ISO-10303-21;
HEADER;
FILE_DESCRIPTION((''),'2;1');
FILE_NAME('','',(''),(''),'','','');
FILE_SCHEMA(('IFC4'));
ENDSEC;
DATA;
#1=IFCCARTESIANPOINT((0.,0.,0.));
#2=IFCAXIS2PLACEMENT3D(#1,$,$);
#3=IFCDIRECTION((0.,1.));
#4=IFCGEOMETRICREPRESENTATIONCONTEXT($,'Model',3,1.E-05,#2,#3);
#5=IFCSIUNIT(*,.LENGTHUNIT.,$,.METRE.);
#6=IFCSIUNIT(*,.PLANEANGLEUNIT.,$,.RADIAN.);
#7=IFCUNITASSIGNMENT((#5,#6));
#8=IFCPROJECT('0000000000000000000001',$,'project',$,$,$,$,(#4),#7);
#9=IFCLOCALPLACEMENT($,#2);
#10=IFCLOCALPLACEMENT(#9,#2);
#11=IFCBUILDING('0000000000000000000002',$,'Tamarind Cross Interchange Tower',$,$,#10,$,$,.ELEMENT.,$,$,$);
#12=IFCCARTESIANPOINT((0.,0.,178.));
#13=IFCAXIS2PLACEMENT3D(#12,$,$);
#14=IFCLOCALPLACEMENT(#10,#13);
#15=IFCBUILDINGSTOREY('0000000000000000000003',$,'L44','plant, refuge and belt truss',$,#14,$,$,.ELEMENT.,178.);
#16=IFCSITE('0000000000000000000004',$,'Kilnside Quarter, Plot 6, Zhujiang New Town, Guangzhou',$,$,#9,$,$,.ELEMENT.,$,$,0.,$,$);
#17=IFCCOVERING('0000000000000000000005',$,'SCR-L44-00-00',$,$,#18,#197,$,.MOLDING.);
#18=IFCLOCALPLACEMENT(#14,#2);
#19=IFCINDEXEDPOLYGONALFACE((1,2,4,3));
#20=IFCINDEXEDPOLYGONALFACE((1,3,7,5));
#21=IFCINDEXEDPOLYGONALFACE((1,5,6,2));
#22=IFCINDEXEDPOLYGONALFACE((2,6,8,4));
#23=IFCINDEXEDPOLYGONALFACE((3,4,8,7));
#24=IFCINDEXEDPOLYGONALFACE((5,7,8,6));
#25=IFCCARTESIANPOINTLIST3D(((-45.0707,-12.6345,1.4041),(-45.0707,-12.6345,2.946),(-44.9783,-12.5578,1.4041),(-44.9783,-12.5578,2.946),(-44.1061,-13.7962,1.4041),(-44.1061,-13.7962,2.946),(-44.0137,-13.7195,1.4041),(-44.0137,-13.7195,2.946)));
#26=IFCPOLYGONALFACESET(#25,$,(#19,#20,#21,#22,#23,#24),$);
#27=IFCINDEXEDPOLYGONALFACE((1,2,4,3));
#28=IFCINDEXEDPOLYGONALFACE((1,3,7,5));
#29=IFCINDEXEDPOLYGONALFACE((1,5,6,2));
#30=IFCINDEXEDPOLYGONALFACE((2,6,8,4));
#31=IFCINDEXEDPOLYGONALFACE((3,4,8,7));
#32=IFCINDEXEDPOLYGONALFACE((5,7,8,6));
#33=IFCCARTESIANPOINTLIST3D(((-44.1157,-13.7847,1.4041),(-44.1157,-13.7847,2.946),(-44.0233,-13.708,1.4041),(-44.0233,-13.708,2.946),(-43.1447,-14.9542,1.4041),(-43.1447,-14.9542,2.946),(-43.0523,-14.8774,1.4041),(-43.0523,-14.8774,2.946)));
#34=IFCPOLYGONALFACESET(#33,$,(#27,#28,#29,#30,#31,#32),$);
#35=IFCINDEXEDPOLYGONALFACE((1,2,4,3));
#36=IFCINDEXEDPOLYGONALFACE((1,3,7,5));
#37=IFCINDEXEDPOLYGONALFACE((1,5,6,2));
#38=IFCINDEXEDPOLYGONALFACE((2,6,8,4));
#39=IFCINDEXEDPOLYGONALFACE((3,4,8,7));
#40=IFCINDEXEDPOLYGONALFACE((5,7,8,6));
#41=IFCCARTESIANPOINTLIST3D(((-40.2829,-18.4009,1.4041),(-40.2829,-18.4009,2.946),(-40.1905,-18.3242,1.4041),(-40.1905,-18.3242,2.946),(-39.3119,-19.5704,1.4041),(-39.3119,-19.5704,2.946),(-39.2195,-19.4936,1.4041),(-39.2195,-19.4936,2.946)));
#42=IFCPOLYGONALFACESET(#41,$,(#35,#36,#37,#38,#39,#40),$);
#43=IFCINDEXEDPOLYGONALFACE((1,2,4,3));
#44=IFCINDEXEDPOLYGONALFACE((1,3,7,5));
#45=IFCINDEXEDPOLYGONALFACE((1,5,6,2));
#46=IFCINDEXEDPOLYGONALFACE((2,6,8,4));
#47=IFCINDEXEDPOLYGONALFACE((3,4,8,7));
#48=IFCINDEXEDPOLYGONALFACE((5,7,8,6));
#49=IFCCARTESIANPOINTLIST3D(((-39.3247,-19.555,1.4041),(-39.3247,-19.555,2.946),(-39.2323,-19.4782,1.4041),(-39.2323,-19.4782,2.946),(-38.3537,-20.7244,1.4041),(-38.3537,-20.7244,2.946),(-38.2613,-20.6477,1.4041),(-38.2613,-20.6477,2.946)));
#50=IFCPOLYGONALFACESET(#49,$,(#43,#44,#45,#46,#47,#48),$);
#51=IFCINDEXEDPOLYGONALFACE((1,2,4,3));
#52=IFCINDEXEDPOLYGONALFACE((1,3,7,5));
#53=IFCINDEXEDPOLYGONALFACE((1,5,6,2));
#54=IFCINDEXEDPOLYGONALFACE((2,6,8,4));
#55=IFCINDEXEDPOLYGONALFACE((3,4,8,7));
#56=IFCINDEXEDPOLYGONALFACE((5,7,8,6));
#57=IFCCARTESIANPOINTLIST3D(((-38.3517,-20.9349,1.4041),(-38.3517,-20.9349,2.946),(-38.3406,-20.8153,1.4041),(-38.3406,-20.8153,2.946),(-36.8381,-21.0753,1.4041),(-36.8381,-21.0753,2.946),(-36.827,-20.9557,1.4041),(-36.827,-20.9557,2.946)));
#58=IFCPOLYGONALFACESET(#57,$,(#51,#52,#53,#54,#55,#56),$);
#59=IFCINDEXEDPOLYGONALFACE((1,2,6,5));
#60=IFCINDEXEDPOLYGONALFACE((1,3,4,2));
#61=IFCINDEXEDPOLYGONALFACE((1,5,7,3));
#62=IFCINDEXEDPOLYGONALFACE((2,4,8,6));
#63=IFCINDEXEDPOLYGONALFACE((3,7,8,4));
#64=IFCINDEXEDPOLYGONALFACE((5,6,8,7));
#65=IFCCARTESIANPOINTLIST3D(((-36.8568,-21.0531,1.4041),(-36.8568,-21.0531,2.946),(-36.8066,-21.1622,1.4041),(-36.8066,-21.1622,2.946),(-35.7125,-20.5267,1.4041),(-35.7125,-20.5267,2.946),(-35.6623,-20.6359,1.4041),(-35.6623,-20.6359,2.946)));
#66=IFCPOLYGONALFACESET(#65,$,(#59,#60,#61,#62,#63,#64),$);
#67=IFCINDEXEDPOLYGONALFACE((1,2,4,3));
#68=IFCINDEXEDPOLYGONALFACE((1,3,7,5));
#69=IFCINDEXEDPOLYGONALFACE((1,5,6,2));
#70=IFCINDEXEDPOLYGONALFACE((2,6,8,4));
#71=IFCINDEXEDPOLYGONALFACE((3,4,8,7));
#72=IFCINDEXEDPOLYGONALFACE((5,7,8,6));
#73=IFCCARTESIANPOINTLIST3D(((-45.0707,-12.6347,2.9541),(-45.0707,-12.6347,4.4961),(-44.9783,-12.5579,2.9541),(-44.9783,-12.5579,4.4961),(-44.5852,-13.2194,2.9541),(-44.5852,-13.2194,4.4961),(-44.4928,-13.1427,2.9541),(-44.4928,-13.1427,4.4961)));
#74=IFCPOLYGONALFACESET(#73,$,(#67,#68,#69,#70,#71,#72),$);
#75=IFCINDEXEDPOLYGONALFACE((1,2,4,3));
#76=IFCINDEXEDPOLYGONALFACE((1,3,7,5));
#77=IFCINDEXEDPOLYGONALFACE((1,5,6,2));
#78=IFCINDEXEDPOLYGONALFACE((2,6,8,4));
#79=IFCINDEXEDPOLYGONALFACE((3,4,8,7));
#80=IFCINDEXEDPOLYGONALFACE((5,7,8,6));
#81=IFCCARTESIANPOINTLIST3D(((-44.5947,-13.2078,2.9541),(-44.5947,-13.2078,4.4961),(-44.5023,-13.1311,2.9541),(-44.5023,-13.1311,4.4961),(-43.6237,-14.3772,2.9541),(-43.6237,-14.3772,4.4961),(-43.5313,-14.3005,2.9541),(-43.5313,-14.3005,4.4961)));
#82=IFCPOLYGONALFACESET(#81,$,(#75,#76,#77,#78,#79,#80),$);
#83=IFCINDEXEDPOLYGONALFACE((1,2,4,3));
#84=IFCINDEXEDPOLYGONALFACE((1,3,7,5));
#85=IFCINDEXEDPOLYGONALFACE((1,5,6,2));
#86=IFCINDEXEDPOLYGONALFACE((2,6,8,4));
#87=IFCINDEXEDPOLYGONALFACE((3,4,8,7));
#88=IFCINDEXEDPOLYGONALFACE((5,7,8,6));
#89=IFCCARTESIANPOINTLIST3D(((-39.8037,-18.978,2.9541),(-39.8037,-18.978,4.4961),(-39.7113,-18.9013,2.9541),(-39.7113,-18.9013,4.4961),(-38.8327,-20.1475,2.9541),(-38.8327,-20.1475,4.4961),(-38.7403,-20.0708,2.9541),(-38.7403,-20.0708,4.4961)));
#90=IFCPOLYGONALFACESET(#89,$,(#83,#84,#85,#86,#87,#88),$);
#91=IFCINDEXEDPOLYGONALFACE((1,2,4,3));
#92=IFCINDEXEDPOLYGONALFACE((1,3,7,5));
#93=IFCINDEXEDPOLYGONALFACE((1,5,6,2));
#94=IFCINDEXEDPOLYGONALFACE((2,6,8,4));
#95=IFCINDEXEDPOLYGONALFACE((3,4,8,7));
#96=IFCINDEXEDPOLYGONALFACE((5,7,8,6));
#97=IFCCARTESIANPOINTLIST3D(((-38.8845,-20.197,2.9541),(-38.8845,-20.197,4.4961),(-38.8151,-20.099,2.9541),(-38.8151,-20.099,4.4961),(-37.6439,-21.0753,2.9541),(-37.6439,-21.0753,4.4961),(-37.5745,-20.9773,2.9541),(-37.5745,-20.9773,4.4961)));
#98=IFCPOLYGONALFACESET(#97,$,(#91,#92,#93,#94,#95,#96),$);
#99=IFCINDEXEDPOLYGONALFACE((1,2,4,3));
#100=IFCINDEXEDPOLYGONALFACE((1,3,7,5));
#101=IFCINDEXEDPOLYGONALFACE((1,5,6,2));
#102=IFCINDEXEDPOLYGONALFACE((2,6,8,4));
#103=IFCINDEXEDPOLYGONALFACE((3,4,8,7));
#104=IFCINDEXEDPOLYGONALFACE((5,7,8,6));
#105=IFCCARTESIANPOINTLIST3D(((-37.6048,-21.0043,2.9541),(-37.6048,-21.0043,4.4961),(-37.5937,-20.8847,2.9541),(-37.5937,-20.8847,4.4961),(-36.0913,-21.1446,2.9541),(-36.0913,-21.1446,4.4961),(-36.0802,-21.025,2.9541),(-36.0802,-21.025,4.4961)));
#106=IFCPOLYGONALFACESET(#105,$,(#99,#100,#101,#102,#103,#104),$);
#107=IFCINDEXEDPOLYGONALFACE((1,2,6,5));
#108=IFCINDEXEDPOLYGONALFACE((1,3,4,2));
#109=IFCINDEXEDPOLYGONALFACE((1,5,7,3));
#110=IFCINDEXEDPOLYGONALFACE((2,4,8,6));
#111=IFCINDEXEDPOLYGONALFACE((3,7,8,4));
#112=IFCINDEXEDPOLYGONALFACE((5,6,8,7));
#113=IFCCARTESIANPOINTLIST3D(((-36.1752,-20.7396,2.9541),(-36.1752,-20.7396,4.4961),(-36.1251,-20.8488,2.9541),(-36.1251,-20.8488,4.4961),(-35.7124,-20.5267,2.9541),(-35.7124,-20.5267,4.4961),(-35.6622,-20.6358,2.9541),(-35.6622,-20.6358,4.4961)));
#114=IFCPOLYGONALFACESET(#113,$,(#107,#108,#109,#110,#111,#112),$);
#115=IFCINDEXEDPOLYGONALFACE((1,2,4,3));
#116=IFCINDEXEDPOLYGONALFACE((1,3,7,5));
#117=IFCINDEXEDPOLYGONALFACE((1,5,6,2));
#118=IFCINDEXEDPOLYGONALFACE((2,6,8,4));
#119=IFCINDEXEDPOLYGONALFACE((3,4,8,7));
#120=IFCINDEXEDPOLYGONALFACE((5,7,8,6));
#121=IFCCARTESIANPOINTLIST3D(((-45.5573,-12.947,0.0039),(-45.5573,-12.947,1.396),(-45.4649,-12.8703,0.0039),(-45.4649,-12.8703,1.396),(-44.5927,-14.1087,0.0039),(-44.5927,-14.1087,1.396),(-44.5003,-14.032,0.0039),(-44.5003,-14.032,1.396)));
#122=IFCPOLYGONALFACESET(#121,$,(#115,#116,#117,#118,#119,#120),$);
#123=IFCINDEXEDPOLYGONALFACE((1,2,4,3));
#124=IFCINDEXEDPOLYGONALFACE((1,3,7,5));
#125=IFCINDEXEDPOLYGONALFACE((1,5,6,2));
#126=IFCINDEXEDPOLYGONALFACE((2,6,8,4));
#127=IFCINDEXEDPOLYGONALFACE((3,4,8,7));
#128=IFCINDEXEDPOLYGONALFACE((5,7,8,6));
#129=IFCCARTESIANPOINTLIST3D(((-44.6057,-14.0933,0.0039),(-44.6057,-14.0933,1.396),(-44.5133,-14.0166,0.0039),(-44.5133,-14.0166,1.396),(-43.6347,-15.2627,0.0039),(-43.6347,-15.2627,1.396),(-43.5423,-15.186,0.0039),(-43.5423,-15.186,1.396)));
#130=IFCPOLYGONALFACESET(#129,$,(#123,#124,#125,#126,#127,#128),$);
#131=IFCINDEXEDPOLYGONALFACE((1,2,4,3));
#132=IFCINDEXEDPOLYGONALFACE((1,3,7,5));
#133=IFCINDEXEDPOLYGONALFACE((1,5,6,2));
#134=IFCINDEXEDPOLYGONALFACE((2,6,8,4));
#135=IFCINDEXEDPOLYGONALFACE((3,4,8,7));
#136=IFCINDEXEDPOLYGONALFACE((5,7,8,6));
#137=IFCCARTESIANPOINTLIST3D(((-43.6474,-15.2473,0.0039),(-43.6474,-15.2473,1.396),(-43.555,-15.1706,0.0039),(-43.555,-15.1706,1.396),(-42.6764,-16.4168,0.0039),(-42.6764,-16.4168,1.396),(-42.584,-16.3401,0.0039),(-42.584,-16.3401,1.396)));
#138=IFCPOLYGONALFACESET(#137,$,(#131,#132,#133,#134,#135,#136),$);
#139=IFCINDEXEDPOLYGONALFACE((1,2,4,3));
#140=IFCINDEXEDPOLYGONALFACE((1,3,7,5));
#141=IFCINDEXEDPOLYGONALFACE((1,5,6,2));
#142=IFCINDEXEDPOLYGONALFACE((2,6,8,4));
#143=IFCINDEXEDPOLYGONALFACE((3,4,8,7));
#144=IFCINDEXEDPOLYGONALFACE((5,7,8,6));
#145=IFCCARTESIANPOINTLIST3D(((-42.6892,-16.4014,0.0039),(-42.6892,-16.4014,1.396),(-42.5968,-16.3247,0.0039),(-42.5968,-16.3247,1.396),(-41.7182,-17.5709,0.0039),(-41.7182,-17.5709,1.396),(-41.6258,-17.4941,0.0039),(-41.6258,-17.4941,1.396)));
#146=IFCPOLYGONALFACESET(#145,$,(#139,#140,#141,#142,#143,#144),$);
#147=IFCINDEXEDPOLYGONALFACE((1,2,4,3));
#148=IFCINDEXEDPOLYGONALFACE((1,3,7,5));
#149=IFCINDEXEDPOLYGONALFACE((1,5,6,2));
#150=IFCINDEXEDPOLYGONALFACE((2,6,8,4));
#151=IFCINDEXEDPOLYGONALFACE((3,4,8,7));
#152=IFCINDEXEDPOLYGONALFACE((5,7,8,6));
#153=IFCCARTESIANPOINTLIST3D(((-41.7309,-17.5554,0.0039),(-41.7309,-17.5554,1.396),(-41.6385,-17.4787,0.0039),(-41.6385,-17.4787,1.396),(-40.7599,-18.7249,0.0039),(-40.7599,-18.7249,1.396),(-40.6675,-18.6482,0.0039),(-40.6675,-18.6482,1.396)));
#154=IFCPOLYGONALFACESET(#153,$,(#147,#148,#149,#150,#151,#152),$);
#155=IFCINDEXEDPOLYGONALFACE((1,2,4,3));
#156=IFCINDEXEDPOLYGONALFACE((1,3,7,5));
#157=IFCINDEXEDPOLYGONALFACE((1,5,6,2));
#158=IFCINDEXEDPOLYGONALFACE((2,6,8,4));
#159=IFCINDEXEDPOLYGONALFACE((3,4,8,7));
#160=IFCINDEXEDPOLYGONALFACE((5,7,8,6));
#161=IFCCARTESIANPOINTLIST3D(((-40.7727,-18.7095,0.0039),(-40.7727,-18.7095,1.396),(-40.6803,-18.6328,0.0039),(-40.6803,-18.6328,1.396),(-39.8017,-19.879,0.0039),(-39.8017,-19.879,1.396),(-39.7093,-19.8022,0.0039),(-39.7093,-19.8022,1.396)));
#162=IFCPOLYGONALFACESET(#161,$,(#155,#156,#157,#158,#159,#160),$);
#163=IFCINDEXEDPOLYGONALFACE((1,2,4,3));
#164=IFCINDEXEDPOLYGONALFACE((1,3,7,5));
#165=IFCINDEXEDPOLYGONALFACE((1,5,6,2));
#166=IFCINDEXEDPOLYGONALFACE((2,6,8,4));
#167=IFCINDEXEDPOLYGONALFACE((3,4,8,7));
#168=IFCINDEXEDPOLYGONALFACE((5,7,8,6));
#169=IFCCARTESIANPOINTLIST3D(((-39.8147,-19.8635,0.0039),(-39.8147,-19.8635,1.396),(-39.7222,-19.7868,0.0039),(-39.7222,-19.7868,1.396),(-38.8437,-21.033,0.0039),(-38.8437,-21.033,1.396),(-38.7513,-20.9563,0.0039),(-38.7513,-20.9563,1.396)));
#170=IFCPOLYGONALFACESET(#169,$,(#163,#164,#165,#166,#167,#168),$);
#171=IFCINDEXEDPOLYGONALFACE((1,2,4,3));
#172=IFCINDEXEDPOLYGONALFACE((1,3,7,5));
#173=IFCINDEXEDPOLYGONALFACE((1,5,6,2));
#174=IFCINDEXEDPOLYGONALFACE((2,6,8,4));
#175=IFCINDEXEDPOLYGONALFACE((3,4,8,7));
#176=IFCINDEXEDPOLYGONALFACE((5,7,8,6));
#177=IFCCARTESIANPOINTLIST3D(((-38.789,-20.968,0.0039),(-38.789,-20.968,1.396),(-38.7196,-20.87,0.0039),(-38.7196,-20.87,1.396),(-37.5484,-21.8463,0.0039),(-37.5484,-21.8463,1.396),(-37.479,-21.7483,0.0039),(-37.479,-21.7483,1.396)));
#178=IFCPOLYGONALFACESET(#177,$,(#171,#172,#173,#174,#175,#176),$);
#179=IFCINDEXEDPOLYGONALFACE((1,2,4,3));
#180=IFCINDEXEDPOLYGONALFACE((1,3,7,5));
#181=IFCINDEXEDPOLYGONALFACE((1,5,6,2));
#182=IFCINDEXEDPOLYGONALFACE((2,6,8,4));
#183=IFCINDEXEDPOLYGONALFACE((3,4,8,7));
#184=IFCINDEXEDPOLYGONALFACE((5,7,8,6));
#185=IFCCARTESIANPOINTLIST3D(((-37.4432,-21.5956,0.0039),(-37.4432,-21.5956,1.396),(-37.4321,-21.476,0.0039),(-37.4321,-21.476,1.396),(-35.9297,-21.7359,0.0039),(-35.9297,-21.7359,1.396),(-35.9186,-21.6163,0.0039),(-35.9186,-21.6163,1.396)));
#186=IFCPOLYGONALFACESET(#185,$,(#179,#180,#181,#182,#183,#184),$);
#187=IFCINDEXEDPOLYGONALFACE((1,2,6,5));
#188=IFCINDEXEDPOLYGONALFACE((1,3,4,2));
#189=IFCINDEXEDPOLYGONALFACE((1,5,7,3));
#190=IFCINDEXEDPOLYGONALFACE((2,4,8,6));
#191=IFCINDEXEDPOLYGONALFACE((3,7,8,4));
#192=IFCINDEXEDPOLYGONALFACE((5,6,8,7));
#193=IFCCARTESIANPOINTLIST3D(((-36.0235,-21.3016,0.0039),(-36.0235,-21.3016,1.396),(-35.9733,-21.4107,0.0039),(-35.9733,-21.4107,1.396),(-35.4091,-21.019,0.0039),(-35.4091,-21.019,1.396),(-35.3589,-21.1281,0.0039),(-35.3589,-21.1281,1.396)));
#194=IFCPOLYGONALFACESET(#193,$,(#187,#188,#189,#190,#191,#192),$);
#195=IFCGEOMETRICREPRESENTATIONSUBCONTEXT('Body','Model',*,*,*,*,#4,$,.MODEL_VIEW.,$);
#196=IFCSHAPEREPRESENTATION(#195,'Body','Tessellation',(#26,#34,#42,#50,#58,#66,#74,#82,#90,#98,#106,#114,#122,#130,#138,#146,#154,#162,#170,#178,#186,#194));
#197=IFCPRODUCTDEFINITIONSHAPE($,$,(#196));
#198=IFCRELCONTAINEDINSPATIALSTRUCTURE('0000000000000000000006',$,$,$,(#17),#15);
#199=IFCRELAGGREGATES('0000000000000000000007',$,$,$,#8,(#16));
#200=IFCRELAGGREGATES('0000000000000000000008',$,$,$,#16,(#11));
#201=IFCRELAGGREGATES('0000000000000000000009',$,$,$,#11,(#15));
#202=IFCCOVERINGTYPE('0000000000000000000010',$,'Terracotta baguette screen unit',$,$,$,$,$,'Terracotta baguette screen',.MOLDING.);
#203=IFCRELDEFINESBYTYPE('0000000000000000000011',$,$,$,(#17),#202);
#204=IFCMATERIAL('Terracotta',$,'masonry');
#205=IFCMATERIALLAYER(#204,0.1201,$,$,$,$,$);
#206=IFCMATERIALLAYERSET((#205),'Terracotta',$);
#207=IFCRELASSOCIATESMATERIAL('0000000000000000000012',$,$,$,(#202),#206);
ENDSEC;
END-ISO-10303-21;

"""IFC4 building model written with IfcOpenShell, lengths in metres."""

from ifc_helpers import new_model, si_unit, direction, frame, origin, origin_2d, place, context, subcontext, project, spatial, rectangle, extrude, material, layer, layer_set, type_object, element, save


model = new_model("IFC4")

# Units and contexts
model_context = context("Model", 3, precision=1e-05, world=origin(), true_north=direction((0.0, 1.0)))
body_context = subcontext(model_context, "Body", "Model", "MODEL_VIEW")
ifc_project = project(units=[si_unit("LENGTHUNIT", "METRE"), si_unit("PLANEANGLEUNIT", "RADIAN")], contexts=[model_context])

# Site, building, storey
site_placement = place(None, origin())
site = spatial("IfcSite", under=ifc_project, at=site_placement, Name="Kilnside Quarter, Plot 6, Zhujiang New Town, Guangzhou", CompositionType="ELEMENT", RefElevation=0.0)
building_placement = place(site_placement, origin())
building = spatial("IfcBuilding", under=site, at=building_placement, Name="Tamarind Cross Interchange Tower", CompositionType="ELEMENT")
storey_placement = place(building_placement, frame((0.0, 0.0, 178.0)))
storey = spatial("IfcBuildingStorey", under=building, at=storey_placement, Name="L44", Description="plant, refuge and belt truss", CompositionType="ELEMENT", Elevation=178.0)

# Covering
ifc_material_1 = material(Name="Terracotta", Category="masonry")
ifc_layer_1 = layer(ifc_material_1, 0.1201)
ifc_layer_set_1 = layer_set([ifc_layer_1], Name="Terracotta")
covering_type = type_object("IfcCoveringType", Name="Terracotta baguette screen unit", ElementType="Terracotta baguette screen", PredefinedType="MOLDING", material=ifc_layer_set_1)
covering_1_placement = place(storey_placement, origin())
element("IfcCovering", 1, at=covering_1_placement, inside=storey, type_object=covering_type, Name="SCR-L44-00-00", PredefinedType="MOLDING", context=body_context, shape_type="SweptSolid", body=[
    extrude(rectangle(XDim=1.51, YDim=0.1201, at=origin_2d()), frame((-44.5422, -13.177, 1.4041), z_axis=(0.0, 0.0, 1.0), x_axis=(0.6388, -0.769373, 0.0)), (0.0, 0.0, 1.0), 1.542),
    extrude(rectangle(XDim=1.52, YDim=0.1201, at=origin_2d()), frame((-43.584, -14.3311, 1.4041), z_axis=(0.0, 0.0, 1.0), x_axis=(0.6388, -0.769373, 0.0)), (0.0, 0.0, 1.0), 1.542),
    extrude(rectangle(XDim=1.52, YDim=0.1201, at=origin_2d()), frame((-39.7512, -18.9473, 1.4041), z_axis=(0.0, 0.0, 1.0), x_axis=(0.6388, -0.769373, 0.0)), (0.0, 0.0, 1.0), 1.542),
    extrude(rectangle(XDim=1.52, YDim=0.1201, at=origin_2d()), frame((-38.793, -20.1013, 1.4041), z_axis=(0.0, 0.0, 1.0), x_axis=(0.6388, -0.769373, 0.0)), (0.0, 0.0, 1.0), 1.542),
    extrude(rectangle(XDim=1.52, YDim=0.1201, at=origin_2d()), frame((-37.5894, -20.9453, 1.4041), z_axis=(0.0, 0.0, 1.0), x_axis=(0.995729, -0.092329, 0.0)), (0.0, 0.0, 1.0), 1.542),
    extrude(rectangle(XDim=1.2595, YDim=0.1201, at=origin_2d()), frame((-36.2595, -20.8445, 1.4041), z_axis=(0.0, 0.0, 1.0), x_axis=(0.908491, 0.417905, 0.0)), (0.0, 0.0, 1.0), 1.542),
    extrude(rectangle(XDim=0.76, YDim=0.1201, at=origin_2d()), frame((-44.7817, -12.8887, 2.9541), z_axis=(0.0, 0.0, 1.0), x_axis=(0.6388, -0.769373, 0.0)), (0.0, 0.0, 1.0), 1.542),
    extrude(rectangle(XDim=1.52, YDim=0.1201, at=origin_2d()), frame((-44.063, -13.7542, 2.9541), z_axis=(0.0, 0.0, 1.0), x_axis=(0.6388, -0.769373, 0.0)), (0.0, 0.0, 1.0), 1.542),
    extrude(rectangle(XDim=1.52, YDim=0.1201, at=origin_2d()), frame((-39.272, -19.5244, 2.9541), z_axis=(0.0, 0.0, 1.0), x_axis=(0.6388, -0.769373, 0.0)), (0.0, 0.0, 1.0), 1.542),
    extrude(rectangle(XDim=1.52, YDim=0.1201, at=origin_2d()), frame((-38.2295, -20.5872, 2.9541), z_axis=(0.0, 0.0, 1.0), x_axis=(0.816162, -0.577823, 0.0)), (0.0, 0.0, 1.0), 1.542),
    extrude(rectangle(XDim=1.52, YDim=0.1201, at=origin_2d()), frame((-36.8425, -21.0146, 2.9541), z_axis=(0.0, 0.0, 1.0), x_axis=(0.995729, -0.092329, 0.0)), (0.0, 0.0, 1.0), 1.542),
    extrude(rectangle(XDim=0.5095, YDim=0.1201, at=origin_2d()), frame((-35.9187, -20.6877, 2.9541), z_axis=(0.0, 0.0, 1.0), x_axis=(0.908491, 0.417905, 0.0)), (0.0, 0.0, 1.0), 1.542),
    extrude(rectangle(XDim=1.51, YDim=0.1201, at=origin_2d()), frame((-45.0288, -13.4895, 0.0039), z_axis=(0.0, 0.0, 1.0), x_axis=(0.6388, -0.769373, 0.0)), (0.0, 0.0, 1.0), 1.3921),
    extrude(rectangle(XDim=1.52, YDim=0.1201, at=origin_2d()), frame((-44.074, -14.6396, 0.0039), z_axis=(0.0, 0.0, 1.0), x_axis=(0.6388, -0.769373, 0.0)), (0.0, 0.0, 1.0), 1.3921),
    extrude(rectangle(XDim=1.52, YDim=0.1201, at=origin_2d()), frame((-43.1157, -15.7937, 0.0039), z_axis=(0.0, 0.0, 1.0), x_axis=(0.6388, -0.769373, 0.0)), (0.0, 0.0, 1.0), 1.3921),
    extrude(rectangle(XDim=1.52, YDim=0.1201, at=origin_2d()), frame((-42.1575, -16.9478, 0.0039), z_axis=(0.0, 0.0, 1.0), x_axis=(0.6388, -0.769373, 0.0)), (0.0, 0.0, 1.0), 1.3921),
    extrude(rectangle(XDim=1.52, YDim=0.1201, at=origin_2d()), frame((-41.1992, -18.1018, 0.0039), z_axis=(0.0, 0.0, 1.0), x_axis=(0.6388, -0.769373, 0.0)), (0.0, 0.0, 1.0), 1.3921),
    extrude(rectangle(XDim=1.52, YDim=0.1201, at=origin_2d()), frame((-40.241, -19.2559, 0.0039), z_axis=(0.0, 0.0, 1.0), x_axis=(0.6388, -0.769373, 0.0)), (0.0, 0.0, 1.0), 1.3921),
    extrude(rectangle(XDim=1.52, YDim=0.1201, at=origin_2d()), frame((-39.283, -20.4099, 0.0039), z_axis=(0.0, 0.0, 1.0), x_axis=(0.6388, -0.769373, 0.0)), (0.0, 0.0, 1.0), 1.3921),
    extrude(rectangle(XDim=1.52, YDim=0.1201, at=origin_2d()), frame((-38.134, -21.3582, 0.0039), z_axis=(0.0, 0.0, 1.0), x_axis=(0.816162, -0.577823, 0.0)), (0.0, 0.0, 1.0), 1.3921),
    extrude(rectangle(XDim=1.52, YDim=0.1201, at=origin_2d()), frame((-36.6809, -21.606, 0.0039), z_axis=(0.0, 0.0, 1.0), x_axis=(0.995729, -0.092329, 0.0)), (0.0, 0.0, 1.0), 1.3921),
    extrude(rectangle(XDim=0.6763, YDim=0.1201, at=origin_2d()), frame((-35.6912, -21.2148, 0.0039), z_axis=(0.0, 0.0, 1.0), x_axis=(0.908491, 0.417905, 0.0)), (0.0, 0.0, 1.0), 1.3921),
])

save(model, "model.ifc")
